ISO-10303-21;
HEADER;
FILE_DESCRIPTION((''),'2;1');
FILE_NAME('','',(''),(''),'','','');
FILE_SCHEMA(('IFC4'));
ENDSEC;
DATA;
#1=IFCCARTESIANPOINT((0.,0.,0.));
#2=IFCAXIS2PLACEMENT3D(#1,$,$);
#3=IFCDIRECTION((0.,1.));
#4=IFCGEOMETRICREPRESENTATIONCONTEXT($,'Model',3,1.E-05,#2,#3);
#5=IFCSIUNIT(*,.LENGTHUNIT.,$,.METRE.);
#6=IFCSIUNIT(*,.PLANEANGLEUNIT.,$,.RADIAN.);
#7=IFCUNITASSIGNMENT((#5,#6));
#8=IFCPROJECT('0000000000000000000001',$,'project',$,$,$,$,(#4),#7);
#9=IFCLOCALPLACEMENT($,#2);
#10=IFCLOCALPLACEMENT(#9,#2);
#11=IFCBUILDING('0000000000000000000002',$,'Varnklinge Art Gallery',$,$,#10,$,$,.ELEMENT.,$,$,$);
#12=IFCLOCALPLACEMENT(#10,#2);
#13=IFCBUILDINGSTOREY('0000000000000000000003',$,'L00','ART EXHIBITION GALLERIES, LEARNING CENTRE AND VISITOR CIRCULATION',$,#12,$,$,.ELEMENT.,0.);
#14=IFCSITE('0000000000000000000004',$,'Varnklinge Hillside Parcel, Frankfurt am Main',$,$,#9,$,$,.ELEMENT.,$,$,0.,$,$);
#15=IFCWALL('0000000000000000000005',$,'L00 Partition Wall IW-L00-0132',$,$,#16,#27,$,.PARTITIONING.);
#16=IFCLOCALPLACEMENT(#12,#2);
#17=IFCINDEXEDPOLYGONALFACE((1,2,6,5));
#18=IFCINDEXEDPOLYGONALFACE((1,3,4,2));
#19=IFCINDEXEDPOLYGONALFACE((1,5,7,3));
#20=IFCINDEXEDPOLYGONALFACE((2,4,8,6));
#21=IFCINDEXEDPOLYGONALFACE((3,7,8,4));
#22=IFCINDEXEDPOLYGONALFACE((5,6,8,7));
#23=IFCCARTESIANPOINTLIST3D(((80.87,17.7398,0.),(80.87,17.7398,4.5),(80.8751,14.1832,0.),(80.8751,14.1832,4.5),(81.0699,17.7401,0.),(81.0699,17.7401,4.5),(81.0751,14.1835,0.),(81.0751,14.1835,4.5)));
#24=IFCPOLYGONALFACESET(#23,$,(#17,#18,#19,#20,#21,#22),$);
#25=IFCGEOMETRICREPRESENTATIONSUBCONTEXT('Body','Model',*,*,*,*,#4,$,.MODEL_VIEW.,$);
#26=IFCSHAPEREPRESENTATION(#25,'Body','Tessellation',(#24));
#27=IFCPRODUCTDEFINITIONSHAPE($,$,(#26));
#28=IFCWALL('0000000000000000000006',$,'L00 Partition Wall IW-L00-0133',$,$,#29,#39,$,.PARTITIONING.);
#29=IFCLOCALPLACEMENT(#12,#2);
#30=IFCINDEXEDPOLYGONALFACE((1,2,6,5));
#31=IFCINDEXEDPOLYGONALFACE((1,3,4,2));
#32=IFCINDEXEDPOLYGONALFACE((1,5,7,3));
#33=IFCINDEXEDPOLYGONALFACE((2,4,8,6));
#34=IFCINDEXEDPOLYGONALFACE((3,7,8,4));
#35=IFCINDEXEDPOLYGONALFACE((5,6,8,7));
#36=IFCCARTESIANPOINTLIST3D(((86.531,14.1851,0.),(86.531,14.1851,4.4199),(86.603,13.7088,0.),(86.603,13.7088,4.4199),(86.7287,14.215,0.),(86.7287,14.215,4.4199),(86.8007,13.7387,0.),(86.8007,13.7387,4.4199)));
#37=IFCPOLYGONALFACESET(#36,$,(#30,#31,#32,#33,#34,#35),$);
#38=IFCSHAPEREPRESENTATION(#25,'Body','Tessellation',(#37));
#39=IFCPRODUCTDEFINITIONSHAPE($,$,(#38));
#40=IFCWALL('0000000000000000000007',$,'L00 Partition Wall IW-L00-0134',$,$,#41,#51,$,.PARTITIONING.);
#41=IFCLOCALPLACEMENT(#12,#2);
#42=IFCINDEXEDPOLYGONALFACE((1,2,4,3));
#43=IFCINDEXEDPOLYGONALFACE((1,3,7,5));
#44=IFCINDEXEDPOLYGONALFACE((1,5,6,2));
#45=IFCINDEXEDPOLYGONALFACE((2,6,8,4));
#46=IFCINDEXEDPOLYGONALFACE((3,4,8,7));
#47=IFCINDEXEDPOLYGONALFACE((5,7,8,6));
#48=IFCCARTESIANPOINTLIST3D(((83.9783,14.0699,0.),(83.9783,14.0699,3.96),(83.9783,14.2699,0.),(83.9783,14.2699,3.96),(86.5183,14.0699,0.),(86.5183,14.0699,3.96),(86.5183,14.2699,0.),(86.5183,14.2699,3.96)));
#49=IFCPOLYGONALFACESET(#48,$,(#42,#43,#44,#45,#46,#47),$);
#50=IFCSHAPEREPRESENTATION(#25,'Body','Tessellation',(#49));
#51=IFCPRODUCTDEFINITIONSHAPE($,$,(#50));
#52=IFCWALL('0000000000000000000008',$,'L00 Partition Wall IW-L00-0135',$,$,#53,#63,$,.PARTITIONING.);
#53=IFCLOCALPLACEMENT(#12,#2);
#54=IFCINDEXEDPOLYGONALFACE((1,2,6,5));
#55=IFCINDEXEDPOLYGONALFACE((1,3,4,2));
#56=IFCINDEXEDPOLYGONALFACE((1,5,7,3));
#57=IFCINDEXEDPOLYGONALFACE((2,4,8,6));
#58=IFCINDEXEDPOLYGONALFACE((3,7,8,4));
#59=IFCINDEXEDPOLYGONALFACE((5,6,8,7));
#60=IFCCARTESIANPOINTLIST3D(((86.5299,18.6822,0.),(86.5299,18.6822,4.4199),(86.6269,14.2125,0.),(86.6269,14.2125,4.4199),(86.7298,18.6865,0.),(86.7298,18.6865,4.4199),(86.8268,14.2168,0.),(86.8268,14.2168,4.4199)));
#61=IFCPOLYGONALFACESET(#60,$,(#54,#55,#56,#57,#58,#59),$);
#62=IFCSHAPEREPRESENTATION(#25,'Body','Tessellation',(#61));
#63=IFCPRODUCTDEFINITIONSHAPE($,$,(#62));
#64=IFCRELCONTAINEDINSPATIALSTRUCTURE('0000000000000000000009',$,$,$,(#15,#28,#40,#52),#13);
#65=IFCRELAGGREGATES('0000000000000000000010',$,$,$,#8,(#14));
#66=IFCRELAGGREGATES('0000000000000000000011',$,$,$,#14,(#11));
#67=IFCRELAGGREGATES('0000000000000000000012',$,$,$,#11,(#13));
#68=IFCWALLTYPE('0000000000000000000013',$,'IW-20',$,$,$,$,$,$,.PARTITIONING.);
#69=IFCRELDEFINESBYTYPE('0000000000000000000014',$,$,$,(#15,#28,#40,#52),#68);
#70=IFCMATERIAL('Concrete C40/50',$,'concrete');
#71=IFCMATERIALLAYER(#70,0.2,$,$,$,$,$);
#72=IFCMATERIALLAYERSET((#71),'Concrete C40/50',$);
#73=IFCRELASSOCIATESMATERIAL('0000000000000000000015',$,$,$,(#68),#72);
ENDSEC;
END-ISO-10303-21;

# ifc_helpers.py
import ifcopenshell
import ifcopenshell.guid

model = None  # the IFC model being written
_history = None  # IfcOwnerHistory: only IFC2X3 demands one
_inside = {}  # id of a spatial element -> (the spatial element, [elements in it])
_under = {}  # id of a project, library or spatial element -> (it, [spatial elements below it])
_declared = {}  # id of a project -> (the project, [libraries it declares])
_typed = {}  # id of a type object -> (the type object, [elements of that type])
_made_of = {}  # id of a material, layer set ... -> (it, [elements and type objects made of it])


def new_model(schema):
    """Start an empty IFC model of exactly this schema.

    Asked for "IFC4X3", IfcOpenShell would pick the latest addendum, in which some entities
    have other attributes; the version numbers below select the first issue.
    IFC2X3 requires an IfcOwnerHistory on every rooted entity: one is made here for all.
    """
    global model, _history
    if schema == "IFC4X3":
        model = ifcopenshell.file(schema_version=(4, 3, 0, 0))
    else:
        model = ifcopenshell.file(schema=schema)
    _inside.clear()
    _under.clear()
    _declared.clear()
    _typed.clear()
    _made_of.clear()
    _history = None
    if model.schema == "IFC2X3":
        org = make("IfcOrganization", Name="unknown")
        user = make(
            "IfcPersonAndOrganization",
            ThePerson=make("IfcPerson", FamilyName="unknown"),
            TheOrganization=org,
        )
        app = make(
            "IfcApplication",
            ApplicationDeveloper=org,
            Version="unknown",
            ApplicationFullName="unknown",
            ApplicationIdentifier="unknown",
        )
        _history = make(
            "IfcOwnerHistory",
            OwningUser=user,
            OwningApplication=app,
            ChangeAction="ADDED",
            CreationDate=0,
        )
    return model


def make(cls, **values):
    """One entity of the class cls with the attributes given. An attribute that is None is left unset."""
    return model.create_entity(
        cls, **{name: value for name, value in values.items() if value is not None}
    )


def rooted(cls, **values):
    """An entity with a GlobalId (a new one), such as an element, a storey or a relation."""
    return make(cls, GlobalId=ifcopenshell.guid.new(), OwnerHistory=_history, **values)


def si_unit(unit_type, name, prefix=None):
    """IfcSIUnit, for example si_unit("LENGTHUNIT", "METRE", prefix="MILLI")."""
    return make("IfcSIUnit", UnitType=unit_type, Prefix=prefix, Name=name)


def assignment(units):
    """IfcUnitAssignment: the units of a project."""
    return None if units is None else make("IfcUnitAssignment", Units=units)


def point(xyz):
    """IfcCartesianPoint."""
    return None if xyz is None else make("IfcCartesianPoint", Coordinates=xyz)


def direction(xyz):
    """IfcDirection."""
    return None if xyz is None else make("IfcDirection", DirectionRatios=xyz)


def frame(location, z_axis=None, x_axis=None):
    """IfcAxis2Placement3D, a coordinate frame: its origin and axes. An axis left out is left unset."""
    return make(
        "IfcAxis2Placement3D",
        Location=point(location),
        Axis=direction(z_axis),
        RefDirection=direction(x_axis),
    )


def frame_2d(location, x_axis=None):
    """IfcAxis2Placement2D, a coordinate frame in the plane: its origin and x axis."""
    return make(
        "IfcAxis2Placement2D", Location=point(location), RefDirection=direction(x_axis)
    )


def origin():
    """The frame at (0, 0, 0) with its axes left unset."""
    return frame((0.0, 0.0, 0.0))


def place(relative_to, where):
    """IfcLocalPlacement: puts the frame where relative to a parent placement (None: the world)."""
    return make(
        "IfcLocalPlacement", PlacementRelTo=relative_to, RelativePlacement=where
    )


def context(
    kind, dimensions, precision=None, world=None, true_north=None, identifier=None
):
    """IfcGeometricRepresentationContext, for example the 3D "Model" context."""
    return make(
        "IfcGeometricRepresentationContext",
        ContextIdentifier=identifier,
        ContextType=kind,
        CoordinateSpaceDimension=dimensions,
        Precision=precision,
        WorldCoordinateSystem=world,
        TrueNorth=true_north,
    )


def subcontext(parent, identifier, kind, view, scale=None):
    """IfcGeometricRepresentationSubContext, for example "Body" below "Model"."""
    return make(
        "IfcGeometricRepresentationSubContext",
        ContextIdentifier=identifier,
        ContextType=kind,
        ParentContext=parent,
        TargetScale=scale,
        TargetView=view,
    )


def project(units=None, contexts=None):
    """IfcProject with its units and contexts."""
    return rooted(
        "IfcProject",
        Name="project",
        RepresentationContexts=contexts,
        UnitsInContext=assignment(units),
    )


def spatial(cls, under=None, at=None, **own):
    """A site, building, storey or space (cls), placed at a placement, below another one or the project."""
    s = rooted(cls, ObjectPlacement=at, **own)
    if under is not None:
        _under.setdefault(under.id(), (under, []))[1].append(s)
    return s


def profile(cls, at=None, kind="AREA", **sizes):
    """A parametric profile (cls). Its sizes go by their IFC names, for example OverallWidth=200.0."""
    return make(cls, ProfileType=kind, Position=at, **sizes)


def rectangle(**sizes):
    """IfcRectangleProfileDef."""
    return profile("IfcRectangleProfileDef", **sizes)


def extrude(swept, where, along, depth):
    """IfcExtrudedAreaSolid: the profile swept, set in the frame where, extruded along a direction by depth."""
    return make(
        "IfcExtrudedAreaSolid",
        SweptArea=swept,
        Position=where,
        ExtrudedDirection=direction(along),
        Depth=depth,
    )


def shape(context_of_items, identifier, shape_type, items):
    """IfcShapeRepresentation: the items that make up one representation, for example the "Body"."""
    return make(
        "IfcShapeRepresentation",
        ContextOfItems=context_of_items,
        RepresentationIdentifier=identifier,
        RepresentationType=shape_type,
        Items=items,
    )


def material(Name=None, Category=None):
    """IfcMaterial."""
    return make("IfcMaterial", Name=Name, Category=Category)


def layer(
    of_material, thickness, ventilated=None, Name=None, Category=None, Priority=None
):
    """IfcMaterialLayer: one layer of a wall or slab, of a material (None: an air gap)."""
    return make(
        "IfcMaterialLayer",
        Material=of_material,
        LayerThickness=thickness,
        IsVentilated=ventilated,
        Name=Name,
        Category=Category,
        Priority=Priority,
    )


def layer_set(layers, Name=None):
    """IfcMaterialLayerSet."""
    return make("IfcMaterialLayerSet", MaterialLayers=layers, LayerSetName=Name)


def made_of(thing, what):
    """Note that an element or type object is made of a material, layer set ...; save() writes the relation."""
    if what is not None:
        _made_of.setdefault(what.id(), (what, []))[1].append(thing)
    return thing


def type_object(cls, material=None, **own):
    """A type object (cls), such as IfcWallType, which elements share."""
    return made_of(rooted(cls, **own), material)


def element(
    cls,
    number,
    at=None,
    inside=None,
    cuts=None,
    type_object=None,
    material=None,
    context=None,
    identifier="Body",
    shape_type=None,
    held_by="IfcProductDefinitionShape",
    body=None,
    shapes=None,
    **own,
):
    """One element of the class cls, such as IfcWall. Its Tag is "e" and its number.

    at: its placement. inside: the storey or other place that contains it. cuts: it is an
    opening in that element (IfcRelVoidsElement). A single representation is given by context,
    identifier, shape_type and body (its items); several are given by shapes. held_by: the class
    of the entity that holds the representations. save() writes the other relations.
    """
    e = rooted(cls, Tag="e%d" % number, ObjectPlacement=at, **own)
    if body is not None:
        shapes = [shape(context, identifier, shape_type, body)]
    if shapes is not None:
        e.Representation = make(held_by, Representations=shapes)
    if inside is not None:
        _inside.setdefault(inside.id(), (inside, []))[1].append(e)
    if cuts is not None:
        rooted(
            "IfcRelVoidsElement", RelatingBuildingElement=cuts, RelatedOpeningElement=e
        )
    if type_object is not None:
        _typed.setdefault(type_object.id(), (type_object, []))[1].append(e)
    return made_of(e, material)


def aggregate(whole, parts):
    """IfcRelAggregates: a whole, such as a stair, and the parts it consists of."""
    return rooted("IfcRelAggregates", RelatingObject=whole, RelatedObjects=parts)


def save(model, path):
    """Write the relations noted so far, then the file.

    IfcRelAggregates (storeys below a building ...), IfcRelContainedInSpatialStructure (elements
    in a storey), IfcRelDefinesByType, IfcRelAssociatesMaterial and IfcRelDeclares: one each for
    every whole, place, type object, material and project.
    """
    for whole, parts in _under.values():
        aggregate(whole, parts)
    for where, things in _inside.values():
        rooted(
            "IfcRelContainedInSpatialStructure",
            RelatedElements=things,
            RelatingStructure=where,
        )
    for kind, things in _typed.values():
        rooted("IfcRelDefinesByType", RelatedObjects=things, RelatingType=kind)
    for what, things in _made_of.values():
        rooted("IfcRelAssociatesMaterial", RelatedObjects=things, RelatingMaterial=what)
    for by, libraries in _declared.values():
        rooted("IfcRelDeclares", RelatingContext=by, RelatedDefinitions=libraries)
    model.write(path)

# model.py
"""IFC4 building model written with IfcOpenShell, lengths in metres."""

from ifc_helpers import new_model, si_unit, direction, frame, frame_2d, origin, place, context, subcontext, project, spatial, rectangle, extrude, material, layer, layer_set, type_object, element, save


model = new_model("IFC4")

# Units and contexts
model_context = context("Model", 3, precision=1e-05, world=origin(), true_north=direction((0.0, 1.0)))
body_context = subcontext(model_context, "Body", "Model", "MODEL_VIEW")
ifc_project = project(units=[si_unit("LENGTHUNIT", "METRE"), si_unit("PLANEANGLEUNIT", "RADIAN")], contexts=[model_context])

# Site, building, storey
site_placement = place(None, origin())
site = spatial("IfcSite", under=ifc_project, at=site_placement, Name="Varnklinge Hillside Parcel, Frankfurt am Main", CompositionType="ELEMENT", RefElevation=0.0)
building_placement = place(site_placement, origin())
building = spatial("IfcBuilding", under=site, at=building_placement, Name="Varnklinge Art Gallery", CompositionType="ELEMENT")
storey_placement = place(building_placement, origin())
storey = spatial("IfcBuildingStorey", under=building, at=storey_placement, Name="L00", Description="ART EXHIBITION GALLERIES, LEARNING CENTRE AND VISITOR CIRCULATION", CompositionType="ELEMENT", Elevation=0.0)

# Shared definitions
ifc_material_1 = material(Name="Concrete C40/50", Category="concrete")
ifc_layer_1 = layer(ifc_material_1, 0.2)
ifc_layer_set_1 = layer_set([ifc_layer_1], Name="Concrete C40/50")
wall_type_1 = type_object("IfcWallType", Name="IW-20", PredefinedType="PARTITIONING", material=ifc_layer_set_1)

# Walls
wall_1_placement = place(storey_placement, frame((80.9751, 14.1833, 0.0), z_axis=(0.0, 0.0, 1.0), x_axis=(-0.001442, 0.999999, 0.0)))
element("IfcWall", 1, at=wall_1_placement, inside=storey, type_object=wall_type_1, Name="L00 Partition Wall IW-L00-0132", PredefinedType="PARTITIONING", context=body_context, shape_type="SweptSolid", body=[
    extrude(rectangle(XDim=3.5566, YDim=0.2, at=frame_2d((1.7783, 0.0))), origin(), (0.0, 0.0, 1.0), 4.5),
])
wall_2_placement = place(storey_placement, frame((86.6299, 14.2, 0.0), z_axis=(0.0, 0.0, 1.0), x_axis=(0.149505, -0.988761, 0.0)))
element("IfcWall", 2, at=wall_2_placement, inside=storey, type_object=wall_type_1, Name="L00 Partition Wall IW-L00-0133", PredefinedType="PARTITIONING", context=body_context, shape_type="SweptSolid", body=[
    extrude(rectangle(XDim=0.4817, YDim=0.2, at=frame_2d((0.2407, 0.0))), origin(), (0.0, 0.0, 1.0), 4.4199),
])
wall_3_placement = place(storey_placement, frame((86.5183, 14.1699, 0.0), z_axis=(0.0, 0.0, 1.0), x_axis=(-1.0, 0.0, 0.0)))
element("IfcWall", 3, at=wall_3_placement, inside=storey, type_object=wall_type_1, Name="L00 Partition Wall IW-L00-0134", PredefinedType="PARTITIONING", context=body_context, shape_type="SweptSolid", body=[
    extrude(rectangle(XDim=2.54, YDim=0.2, at=frame_2d((1.27, 0.0))), origin(), (0.0, 0.0, 1.0), 3.96),
])
wall_4_placement = place(storey_placement, frame((86.6299, 18.6843, 0.0), z_axis=(0.0, 0.0, 1.0), x_axis=(0.021679, -0.999765, 0.0)))
element("IfcWall", 4, at=wall_4_placement, inside=storey, type_object=wall_type_1, Name="L00 Partition Wall IW-L00-0135", PredefinedType="PARTITIONING", context=body_context, shape_type="SweptSolid", body=[
    extrude(rectangle(XDim=4.4707, YDim=0.2, at=frame_2d((2.2354, 0.0))), origin(), (0.0, 0.0, 1.0), 4.4199),
])

save(model, "model.ifc")
